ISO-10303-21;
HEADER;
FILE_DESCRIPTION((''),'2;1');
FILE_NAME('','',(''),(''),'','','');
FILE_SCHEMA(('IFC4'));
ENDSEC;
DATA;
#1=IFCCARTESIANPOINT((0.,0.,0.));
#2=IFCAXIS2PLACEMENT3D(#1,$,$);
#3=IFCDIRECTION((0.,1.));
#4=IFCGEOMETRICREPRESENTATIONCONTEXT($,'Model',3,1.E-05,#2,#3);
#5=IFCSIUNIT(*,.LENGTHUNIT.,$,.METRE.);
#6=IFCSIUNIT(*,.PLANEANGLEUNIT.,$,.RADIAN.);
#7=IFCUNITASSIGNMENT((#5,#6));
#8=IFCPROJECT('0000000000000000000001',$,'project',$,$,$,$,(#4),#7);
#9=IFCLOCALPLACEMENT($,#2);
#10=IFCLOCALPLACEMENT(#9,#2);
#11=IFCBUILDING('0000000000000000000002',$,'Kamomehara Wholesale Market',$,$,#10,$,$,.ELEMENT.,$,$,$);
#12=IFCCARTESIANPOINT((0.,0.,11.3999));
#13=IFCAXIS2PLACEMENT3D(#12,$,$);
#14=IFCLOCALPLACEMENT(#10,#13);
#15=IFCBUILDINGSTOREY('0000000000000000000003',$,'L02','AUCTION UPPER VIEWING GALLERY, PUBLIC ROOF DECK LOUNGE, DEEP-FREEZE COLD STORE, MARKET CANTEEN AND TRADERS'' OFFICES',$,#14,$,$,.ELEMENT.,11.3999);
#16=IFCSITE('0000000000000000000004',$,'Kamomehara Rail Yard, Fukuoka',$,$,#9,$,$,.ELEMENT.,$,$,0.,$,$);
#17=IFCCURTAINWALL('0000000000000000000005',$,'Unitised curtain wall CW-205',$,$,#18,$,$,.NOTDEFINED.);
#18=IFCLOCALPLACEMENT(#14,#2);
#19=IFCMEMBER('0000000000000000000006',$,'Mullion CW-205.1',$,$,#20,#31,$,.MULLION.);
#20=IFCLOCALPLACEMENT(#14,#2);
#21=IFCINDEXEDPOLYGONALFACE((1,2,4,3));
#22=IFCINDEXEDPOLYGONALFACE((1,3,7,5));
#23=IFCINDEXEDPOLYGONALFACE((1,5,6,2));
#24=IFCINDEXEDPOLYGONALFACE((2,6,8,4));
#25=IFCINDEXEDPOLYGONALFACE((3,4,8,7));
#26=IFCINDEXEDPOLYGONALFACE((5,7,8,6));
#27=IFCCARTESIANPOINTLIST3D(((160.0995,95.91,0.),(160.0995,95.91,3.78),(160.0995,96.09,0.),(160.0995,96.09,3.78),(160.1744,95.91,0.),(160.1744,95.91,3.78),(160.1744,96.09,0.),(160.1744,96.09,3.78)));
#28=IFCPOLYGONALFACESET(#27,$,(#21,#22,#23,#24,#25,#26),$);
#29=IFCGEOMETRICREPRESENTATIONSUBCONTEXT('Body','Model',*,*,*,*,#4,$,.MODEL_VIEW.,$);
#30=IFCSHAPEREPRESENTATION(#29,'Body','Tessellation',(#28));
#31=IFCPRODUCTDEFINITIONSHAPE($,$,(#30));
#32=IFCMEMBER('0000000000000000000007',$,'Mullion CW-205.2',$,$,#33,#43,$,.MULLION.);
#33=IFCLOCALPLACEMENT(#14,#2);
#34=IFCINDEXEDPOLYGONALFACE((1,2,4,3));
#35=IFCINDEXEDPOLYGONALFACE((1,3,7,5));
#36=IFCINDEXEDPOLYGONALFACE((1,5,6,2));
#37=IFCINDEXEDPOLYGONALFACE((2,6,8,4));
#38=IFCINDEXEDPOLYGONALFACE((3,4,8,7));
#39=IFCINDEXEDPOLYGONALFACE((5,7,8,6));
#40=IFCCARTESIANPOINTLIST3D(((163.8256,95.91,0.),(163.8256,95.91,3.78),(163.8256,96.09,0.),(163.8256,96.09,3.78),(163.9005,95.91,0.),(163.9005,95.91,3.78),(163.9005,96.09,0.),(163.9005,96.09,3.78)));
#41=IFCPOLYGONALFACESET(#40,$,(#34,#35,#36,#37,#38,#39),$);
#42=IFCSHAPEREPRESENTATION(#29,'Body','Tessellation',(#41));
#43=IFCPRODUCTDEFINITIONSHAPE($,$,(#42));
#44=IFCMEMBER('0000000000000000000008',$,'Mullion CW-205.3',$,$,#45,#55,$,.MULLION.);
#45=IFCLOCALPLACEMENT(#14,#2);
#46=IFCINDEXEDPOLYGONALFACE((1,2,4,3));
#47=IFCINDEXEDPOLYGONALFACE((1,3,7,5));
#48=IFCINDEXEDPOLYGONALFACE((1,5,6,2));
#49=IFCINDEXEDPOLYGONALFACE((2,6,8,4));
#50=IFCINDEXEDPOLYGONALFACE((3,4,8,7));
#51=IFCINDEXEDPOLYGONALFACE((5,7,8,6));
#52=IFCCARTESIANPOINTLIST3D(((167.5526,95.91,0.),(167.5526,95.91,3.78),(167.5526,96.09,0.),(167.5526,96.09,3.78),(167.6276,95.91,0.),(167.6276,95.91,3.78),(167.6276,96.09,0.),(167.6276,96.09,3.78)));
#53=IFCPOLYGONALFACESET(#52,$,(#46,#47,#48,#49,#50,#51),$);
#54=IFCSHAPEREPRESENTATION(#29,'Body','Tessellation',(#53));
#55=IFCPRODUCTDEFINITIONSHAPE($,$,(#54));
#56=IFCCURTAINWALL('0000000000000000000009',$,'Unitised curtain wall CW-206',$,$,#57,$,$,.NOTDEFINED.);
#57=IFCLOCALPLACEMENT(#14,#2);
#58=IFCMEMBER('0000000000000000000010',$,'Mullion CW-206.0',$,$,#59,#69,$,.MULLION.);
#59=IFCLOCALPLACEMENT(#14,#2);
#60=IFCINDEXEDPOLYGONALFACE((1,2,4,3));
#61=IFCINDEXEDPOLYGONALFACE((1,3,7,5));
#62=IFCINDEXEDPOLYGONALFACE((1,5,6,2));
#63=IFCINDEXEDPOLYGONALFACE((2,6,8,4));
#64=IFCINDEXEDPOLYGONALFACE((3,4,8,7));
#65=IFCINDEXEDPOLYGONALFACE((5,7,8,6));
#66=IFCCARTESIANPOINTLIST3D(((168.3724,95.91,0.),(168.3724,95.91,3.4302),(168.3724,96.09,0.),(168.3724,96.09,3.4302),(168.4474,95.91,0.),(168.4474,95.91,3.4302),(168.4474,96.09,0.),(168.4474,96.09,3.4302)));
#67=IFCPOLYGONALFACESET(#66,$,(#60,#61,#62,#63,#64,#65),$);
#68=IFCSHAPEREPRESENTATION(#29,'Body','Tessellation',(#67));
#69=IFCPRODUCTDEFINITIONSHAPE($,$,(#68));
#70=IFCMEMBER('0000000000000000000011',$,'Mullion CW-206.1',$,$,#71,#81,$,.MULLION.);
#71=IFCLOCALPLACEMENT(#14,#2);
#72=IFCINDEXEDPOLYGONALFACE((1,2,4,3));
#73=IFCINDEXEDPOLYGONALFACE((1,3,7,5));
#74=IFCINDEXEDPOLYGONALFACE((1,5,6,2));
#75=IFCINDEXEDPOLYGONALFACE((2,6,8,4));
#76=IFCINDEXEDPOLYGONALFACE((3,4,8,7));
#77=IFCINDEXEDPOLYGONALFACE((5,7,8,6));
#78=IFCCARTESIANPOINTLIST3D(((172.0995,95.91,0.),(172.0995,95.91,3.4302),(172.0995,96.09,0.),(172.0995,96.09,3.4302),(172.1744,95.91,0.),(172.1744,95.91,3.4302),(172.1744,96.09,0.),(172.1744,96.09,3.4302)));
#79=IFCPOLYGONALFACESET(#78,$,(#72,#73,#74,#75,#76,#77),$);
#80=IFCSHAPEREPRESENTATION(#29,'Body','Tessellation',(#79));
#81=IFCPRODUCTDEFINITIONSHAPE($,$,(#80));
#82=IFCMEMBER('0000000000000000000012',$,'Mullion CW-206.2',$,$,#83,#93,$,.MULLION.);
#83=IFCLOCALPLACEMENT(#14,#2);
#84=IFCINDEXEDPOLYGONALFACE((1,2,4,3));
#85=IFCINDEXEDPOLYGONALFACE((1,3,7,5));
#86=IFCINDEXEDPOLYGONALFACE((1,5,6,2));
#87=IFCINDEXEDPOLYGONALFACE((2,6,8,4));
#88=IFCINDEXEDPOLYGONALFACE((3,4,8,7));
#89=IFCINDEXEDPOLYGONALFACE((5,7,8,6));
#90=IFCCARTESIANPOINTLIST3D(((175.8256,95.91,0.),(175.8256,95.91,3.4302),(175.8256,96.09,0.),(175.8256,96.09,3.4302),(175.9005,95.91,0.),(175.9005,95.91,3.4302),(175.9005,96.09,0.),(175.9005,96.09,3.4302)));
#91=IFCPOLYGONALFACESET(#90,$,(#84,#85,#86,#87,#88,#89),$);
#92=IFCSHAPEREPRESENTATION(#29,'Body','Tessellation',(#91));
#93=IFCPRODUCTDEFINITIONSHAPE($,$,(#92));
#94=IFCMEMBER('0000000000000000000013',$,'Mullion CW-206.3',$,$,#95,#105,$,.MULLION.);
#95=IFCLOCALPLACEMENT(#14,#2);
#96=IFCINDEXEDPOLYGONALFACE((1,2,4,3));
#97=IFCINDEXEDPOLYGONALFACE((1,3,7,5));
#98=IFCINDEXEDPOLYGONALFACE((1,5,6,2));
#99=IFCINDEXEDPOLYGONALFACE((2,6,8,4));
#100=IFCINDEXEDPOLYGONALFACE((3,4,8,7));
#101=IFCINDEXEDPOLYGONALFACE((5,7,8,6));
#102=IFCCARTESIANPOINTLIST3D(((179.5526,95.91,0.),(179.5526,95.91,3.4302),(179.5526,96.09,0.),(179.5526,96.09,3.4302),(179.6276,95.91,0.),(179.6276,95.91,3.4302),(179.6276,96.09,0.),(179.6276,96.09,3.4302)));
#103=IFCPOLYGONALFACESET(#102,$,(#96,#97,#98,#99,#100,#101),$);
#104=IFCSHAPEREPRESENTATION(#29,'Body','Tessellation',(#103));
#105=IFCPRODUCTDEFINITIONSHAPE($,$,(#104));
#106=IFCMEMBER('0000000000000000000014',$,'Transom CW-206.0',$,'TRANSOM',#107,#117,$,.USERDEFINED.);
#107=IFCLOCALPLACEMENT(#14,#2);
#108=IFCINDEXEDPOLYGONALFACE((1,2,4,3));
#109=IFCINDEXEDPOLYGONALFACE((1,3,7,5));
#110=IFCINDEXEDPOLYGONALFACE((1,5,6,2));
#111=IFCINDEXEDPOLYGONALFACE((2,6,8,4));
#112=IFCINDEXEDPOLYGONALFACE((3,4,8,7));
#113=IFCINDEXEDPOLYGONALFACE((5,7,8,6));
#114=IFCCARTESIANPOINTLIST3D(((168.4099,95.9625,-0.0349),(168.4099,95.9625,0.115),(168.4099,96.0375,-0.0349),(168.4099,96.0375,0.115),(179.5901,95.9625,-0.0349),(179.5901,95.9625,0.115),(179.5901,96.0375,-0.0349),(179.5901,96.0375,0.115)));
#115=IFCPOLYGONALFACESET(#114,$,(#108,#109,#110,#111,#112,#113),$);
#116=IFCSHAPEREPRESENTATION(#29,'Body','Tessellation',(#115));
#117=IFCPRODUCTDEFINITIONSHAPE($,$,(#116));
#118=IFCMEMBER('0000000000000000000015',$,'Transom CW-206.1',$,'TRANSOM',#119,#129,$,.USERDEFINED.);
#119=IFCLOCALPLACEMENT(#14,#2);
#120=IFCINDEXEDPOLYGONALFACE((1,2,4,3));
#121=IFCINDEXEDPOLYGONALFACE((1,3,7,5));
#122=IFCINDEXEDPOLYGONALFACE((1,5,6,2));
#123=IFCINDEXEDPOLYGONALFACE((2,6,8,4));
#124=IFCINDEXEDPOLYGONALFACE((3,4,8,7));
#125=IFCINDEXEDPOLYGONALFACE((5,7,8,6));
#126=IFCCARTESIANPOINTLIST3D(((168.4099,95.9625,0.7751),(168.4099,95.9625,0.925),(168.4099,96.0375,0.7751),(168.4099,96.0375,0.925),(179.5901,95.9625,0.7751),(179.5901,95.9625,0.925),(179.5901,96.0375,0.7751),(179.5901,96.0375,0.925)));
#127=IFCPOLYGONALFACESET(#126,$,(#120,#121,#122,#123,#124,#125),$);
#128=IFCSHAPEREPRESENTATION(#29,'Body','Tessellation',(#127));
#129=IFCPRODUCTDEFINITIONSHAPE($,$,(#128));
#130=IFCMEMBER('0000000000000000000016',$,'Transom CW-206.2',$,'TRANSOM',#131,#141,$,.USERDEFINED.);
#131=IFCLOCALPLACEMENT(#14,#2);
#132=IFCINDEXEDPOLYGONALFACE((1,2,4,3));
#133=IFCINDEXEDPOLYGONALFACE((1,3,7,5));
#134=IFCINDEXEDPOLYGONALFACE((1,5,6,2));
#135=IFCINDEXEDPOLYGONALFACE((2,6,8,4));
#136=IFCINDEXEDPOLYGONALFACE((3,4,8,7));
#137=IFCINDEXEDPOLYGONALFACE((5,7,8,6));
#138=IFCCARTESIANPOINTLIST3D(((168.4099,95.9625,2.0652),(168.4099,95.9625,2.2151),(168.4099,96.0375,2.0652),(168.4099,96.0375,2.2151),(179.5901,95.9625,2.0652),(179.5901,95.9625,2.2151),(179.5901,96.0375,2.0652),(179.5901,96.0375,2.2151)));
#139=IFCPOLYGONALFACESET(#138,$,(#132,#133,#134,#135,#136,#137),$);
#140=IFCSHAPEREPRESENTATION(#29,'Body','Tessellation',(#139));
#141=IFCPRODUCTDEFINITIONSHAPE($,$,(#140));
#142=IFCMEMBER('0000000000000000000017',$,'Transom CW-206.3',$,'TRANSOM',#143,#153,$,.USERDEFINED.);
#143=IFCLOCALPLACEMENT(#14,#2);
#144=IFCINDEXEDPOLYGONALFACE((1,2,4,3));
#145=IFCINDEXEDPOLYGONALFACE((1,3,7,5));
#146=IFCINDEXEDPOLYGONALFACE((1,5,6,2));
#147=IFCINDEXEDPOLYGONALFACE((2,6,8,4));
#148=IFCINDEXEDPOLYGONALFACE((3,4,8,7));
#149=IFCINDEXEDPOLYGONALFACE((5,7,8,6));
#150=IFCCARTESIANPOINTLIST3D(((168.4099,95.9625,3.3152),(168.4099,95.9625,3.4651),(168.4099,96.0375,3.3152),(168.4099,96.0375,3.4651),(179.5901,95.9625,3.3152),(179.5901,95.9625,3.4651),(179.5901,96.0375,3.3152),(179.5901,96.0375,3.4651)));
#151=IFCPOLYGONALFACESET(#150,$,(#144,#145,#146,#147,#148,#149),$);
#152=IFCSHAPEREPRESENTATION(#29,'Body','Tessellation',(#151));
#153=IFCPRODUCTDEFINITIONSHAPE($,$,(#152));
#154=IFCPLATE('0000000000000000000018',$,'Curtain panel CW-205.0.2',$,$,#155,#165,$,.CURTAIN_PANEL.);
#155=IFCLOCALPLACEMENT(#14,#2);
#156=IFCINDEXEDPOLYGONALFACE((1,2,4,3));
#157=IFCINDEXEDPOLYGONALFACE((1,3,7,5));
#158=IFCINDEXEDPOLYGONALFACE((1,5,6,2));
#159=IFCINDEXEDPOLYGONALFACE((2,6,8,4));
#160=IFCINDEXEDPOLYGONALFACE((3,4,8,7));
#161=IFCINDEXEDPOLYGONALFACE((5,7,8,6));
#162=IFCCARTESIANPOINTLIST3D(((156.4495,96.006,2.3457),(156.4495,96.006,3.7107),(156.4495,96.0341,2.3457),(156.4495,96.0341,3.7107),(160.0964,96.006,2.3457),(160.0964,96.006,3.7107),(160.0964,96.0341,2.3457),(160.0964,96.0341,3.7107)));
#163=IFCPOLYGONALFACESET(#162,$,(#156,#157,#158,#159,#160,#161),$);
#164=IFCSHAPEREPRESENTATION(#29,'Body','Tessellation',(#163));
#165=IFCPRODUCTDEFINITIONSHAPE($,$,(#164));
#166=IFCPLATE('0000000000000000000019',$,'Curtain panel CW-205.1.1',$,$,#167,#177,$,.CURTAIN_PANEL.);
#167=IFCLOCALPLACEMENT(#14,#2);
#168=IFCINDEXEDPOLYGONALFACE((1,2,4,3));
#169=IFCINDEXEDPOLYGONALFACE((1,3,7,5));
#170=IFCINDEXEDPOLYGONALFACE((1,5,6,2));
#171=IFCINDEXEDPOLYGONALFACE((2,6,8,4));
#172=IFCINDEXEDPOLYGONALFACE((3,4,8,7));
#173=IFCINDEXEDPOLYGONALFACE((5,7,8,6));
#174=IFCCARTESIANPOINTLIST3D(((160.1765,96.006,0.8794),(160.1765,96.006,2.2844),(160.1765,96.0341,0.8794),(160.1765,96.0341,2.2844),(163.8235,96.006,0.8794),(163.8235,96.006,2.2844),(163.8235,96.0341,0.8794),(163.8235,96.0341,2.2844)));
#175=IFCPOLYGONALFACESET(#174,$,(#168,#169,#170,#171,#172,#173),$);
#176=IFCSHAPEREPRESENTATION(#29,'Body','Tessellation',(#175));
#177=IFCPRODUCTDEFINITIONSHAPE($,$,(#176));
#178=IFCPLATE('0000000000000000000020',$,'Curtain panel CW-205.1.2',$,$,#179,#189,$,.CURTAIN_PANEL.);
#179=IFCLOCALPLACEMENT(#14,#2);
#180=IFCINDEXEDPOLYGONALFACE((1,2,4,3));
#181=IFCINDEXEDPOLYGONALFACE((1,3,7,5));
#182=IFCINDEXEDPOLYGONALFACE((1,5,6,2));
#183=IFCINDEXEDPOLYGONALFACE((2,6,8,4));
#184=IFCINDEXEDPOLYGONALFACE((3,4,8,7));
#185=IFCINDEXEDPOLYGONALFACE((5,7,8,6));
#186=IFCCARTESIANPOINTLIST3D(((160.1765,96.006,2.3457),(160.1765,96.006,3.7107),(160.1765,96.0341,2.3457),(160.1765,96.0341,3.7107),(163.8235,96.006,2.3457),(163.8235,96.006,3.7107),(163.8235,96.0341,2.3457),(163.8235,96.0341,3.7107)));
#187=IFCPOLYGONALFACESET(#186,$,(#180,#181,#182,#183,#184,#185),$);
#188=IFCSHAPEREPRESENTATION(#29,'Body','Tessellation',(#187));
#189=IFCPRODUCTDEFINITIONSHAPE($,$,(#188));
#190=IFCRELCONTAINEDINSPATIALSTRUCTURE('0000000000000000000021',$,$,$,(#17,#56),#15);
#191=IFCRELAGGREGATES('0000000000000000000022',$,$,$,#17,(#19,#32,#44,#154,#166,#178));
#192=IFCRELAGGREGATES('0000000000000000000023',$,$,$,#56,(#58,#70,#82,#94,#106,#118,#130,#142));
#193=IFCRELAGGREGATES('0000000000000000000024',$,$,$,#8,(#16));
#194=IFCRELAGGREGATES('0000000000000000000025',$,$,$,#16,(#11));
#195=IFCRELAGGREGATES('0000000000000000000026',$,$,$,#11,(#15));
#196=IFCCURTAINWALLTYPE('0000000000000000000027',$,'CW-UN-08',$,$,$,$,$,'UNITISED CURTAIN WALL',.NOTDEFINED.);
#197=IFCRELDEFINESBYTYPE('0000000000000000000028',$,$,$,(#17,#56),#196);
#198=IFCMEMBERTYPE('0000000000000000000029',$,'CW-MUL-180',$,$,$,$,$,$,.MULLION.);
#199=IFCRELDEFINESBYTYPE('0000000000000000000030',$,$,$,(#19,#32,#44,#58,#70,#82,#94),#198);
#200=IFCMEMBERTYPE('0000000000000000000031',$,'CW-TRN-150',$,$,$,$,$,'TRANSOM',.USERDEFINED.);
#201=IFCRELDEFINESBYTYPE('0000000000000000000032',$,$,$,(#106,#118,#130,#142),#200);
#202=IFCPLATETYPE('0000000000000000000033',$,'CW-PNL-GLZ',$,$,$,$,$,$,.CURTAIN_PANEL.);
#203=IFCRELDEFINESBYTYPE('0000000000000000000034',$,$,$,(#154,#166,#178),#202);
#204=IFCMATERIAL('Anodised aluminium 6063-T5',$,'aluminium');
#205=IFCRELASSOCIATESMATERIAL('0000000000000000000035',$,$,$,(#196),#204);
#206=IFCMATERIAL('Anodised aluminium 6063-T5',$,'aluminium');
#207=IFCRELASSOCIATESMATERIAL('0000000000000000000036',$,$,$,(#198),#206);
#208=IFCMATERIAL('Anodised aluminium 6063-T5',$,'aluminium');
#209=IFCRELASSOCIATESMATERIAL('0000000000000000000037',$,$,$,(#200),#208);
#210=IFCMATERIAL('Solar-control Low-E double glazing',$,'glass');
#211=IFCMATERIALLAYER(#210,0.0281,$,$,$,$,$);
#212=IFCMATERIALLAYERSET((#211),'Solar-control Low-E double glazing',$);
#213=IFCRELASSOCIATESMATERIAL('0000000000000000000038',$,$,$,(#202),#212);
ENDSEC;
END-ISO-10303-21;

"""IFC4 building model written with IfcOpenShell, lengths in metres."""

from ifc_helpers import new_model, si_unit, direction, frame, origin, origin_2d, place, context, subcontext, project, spatial, rectangle, extrude, material, layer, layer_set, material_profile, profile_set, type_object, element, aggregate, save


model = new_model("IFC4")

# Units and contexts
model_context = context("Model", 3, precision=1e-05, world=origin(), true_north=direction((0.0, 1.0)))
body_context = subcontext(model_context, "Body", "Model", "MODEL_VIEW")
ifc_project = project(units=[si_unit("LENGTHUNIT", "METRE"), si_unit("PLANEANGLEUNIT", "RADIAN")], contexts=[model_context])

# Site, building, storey
site_placement = place(None, origin())
site = spatial("IfcSite", under=ifc_project, at=site_placement, Name="Kamomehara Rail Yard, Fukuoka", CompositionType="ELEMENT", RefElevation=0.0)
building_placement = place(site_placement, origin())
building = spatial("IfcBuilding", under=site, at=building_placement, Name="Kamomehara Wholesale Market", CompositionType="ELEMENT")
storey_placement = place(building_placement, frame((0.0, 0.0, 11.3999)))
storey = spatial("IfcBuildingStorey", under=building, at=storey_placement, Name="L02", Description="AUCTION UPPER VIEWING GALLERY, PUBLIC ROOF DECK LOUNGE, DEEP-FREEZE COLD STORE, MARKET CANTEEN AND TRADERS' OFFICES", CompositionType="ELEMENT", Elevation=11.3999)

# Curtain walls, members
ifc_material_1 = material(Name="Anodised aluminium 6063-T5", Category="aluminium")
curtain_wall_type = type_object("IfcCurtainWallType", Name="CW-UN-08", ElementType="UNITISED CURTAIN WALL", PredefinedType="NOTDEFINED", material=ifc_material_1)
curtain_wall_1_placement = place(storey_placement, origin())
curtain_wall_1 = element("IfcCurtainWall", 1, at=curtain_wall_1_placement, inside=storey, type_object=curtain_wall_type, Name="Unitised curtain wall CW-205", PredefinedType="NOTDEFINED")
ifc_material_2 = material(Name="Anodised aluminium 6063-T5", Category="aluminium")
ifc_material_profile_1 = material_profile(ifc_material_2, rectangle(XDim=0.075, YDim=0.1799, at=origin_2d()), Name="ALU-MUL-75x180")
ifc_profile_set_1 = profile_set([ifc_material_profile_1], Name="Anodised aluminium 6063-T5")
member_type_1 = type_object("IfcMemberType", Name="CW-MUL-180", PredefinedType="MULLION", material=ifc_profile_set_1)
member_1_placement = place(storey_placement, frame((160.137, 96.0, 0.0), z_axis=(0.0, 0.0, 1.0), x_axis=(1.0, 0.0, 0.0)))
member_1 = element("IfcMember", 2, at=member_1_placement, type_object=member_type_1, Name="Mullion CW-205.1", PredefinedType="MULLION", context=body_context, shape_type="SweptSolid", body=[
    extrude(rectangle(XDim=0.075, YDim=0.1799, at=origin_2d()), origin(), (0.0, 0.0, 1.0), 3.78),
])
member_2_placement = place(storey_placement, frame((163.863, 96.0, 0.0), z_axis=(0.0, 0.0, 1.0), x_axis=(1.0, 0.0, 0.0)))
member_2 = element("IfcMember", 3, at=member_2_placement, type_object=member_type_1, Name="Mullion CW-205.2", PredefinedType="MULLION", context=body_context, shape_type="SweptSolid", body=[
    extrude(rectangle(XDim=0.075, YDim=0.1799, at=origin_2d()), origin(), (0.0, 0.0, 1.0), 3.78),
])
member_3_placement = place(storey_placement, frame((167.5901, 96.0, 0.0), z_axis=(0.0, 0.0, 1.0), x_axis=(1.0, 0.0, 0.0)))
member_3 = element("IfcMember", 4, at=member_3_placement, type_object=member_type_1, Name="Mullion CW-205.3", PredefinedType="MULLION", context=body_context, shape_type="SweptSolid", body=[
    extrude(rectangle(XDim=0.075, YDim=0.1799, at=origin_2d()), origin(), (0.0, 0.0, 1.0), 3.78),
])
curtain_wall_2_placement = place(storey_placement, origin())
curtain_wall_2 = element("IfcCurtainWall", 5, at=curtain_wall_2_placement, inside=storey, type_object=curtain_wall_type, Name="Unitised curtain wall CW-206", PredefinedType="NOTDEFINED")
member_4_placement = place(storey_placement, frame((168.4099, 96.0, 0.0), z_axis=(0.0, 0.0, 1.0), x_axis=(1.0, 0.0, 0.0)))
member_4 = element("IfcMember", 6, at=member_4_placement, type_object=member_type_1, Name="Mullion CW-206.0", PredefinedType="MULLION", context=body_context, shape_type="SweptSolid", body=[
    extrude(rectangle(XDim=0.075, YDim=0.1799, at=origin_2d()), origin(), (0.0, 0.0, 1.0), 3.4302),
])
member_5_placement = place(storey_placement, frame((172.137, 96.0, 0.0), z_axis=(0.0, 0.0, 1.0), x_axis=(1.0, 0.0, 0.0)))
member_5 = element("IfcMember", 7, at=member_5_placement, type_object=member_type_1, Name="Mullion CW-206.1", PredefinedType="MULLION", context=body_context, shape_type="SweptSolid", body=[
    extrude(rectangle(XDim=0.075, YDim=0.1799, at=origin_2d()), origin(), (0.0, 0.0, 1.0), 3.4302),
])
member_6_placement = place(storey_placement, frame((175.863, 96.0, 0.0), z_axis=(0.0, 0.0, 1.0), x_axis=(1.0, 0.0, 0.0)))
member_6 = element("IfcMember", 8, at=member_6_placement, type_object=member_type_1, Name="Mullion CW-206.2", PredefinedType="MULLION", context=body_context, shape_type="SweptSolid", body=[
    extrude(rectangle(XDim=0.075, YDim=0.1799, at=origin_2d()), origin(), (0.0, 0.0, 1.0), 3.4302),
])
member_7_placement = place(storey_placement, frame((179.5901, 96.0, 0.0), z_axis=(0.0, 0.0, 1.0), x_axis=(1.0, 0.0, 0.0)))
member_7 = element("IfcMember", 9, at=member_7_placement, type_object=member_type_1, Name="Mullion CW-206.3", PredefinedType="MULLION", context=body_context, shape_type="SweptSolid", body=[
    extrude(rectangle(XDim=0.075, YDim=0.1799, at=origin_2d()), origin(), (0.0, 0.0, 1.0), 3.4302),
])
ifc_material_3 = material(Name="Anodised aluminium 6063-T5", Category="aluminium")
ifc_material_profile_2 = material_profile(ifc_material_3, rectangle(XDim=0.075, YDim=0.1499, at=origin_2d()), Name="ALU-TRN-75x150")
ifc_profile_set_2 = profile_set([ifc_material_profile_2], Name="Anodised aluminium 6063-T5")
member_type_2 = type_object("IfcMemberType", Name="CW-TRN-150", ElementType="TRANSOM", PredefinedType="USERDEFINED", material=ifc_profile_set_2)
member_8_placement = place(storey_placement, frame((168.4099, 96.0, 0.04), z_axis=(1.0, 0.0, 0.0), x_axis=(0.0, 1.0, 0.0)))
member_8 = element("IfcMember", 10, at=member_8_placement, type_object=member_type_2, Name="Transom CW-206.0", ObjectType="TRANSOM", PredefinedType="USERDEFINED", context=body_context, shape_type="SweptSolid", body=[
    extrude(rectangle(XDim=0.075, YDim=0.1499, at=origin_2d()), origin(), (0.0, 0.0, 1.0), 11.1802),
])
member_9_placement = place(storey_placement, frame((168.4099, 96.0, 0.8501), z_axis=(1.0, 0.0, 0.0), x_axis=(0.0, 1.0, 0.0)))
member_9 = element("IfcMember", 11, at=member_9_placement, type_object=member_type_2, Name="Transom CW-206.1", ObjectType="TRANSOM", PredefinedType="USERDEFINED", context=body_context, shape_type="SweptSolid", body=[
    extrude(rectangle(XDim=0.075, YDim=0.1499, at=origin_2d()), origin(), (0.0, 0.0, 1.0), 11.1802),
])
member_10_placement = place(storey_placement, frame((168.4099, 96.0, 2.1401), z_axis=(1.0, 0.0, 0.0), x_axis=(0.0, 1.0, 0.0)))
member_10 = element("IfcMember", 12, at=member_10_placement, type_object=member_type_2, Name="Transom CW-206.2", ObjectType="TRANSOM", PredefinedType="USERDEFINED", context=body_context, shape_type="SweptSolid", body=[
    extrude(rectangle(XDim=0.075, YDim=0.1499, at=origin_2d()), origin(), (0.0, 0.0, 1.0), 11.1802),
])
member_11_placement = place(storey_placement, frame((168.4099, 96.0, 3.3901), z_axis=(1.0, 0.0, 0.0), x_axis=(0.0, 1.0, 0.0)))
member_11 = element("IfcMember", 13, at=member_11_placement, type_object=member_type_2, Name="Transom CW-206.3", ObjectType="TRANSOM", PredefinedType="USERDEFINED", context=body_context, shape_type="SweptSolid", body=[
    extrude(rectangle(XDim=0.075, YDim=0.1499, at=origin_2d()), origin(), (0.0, 0.0, 1.0), 11.1802),
])

# Plates
ifc_material_4 = material(Name="Solar-control Low-E double glazing", Category="glass")
ifc_layer_1 = layer(ifc_material_4, 0.0281)
ifc_layer_set_1 = layer_set([ifc_layer_1], Name="Solar-control Low-E double glazing")
plate_type_1 = type_object("IfcPlateType", Name="CW-PNL-GLZ", PredefinedType="CURTAIN_PANEL", material=ifc_layer_set_1)
plate_1_placement = place(storey_placement, frame((158.2729, 96.02, 2.3457), z_axis=(0.0, 0.0, 1.0), x_axis=(1.0, 0.0, 0.0)))
plate_1 = element("IfcPlate", 14, at=plate_1_placement, type_object=plate_type_1, Name="Curtain panel CW-205.0.2", PredefinedType="CURTAIN_PANEL", context=body_context, shape_type="SweptSolid", body=[
    extrude(rectangle(XDim=3.647, YDim=0.0281, at=origin_2d()), origin(), (0.0, 0.0, 1.0), 1.365),
])
plate_2_placement = place(storey_placement, frame((162.0, 96.02, 0.8794), z_axis=(0.0, 0.0, 1.0), x_axis=(1.0, 0.0, 0.0)))
plate_2 = element("IfcPlate", 15, at=plate_2_placement, type_object=plate_type_1, Name="Curtain panel CW-205.1.1", PredefinedType="CURTAIN_PANEL", context=body_context, shape_type="SweptSolid", body=[
    extrude(rectangle(XDim=3.647, YDim=0.0281, at=origin_2d()), origin(), (0.0, 0.0, 1.0), 1.405),
])
plate_3_placement = place(storey_placement, frame((162.0, 96.02, 2.3457), z_axis=(0.0, 0.0, 1.0), x_axis=(1.0, 0.0, 0.0)))
plate_3 = element("IfcPlate", 16, at=plate_3_placement, type_object=plate_type_1, Name="Curtain panel CW-205.1.2", PredefinedType="CURTAIN_PANEL", context=body_context, shape_type="SweptSolid", body=[
    extrude(rectangle(XDim=3.647, YDim=0.0281, at=origin_2d()), origin(), (0.0, 0.0, 1.0), 1.365),
])
aggregate(curtain_wall_1, [member_1, member_2, member_3, plate_1, plate_2, plate_3])
aggregate(curtain_wall_2, [member_4, member_5, member_6, member_7, member_8, member_9, member_10, member_11])

save(model, "model.ifc")
